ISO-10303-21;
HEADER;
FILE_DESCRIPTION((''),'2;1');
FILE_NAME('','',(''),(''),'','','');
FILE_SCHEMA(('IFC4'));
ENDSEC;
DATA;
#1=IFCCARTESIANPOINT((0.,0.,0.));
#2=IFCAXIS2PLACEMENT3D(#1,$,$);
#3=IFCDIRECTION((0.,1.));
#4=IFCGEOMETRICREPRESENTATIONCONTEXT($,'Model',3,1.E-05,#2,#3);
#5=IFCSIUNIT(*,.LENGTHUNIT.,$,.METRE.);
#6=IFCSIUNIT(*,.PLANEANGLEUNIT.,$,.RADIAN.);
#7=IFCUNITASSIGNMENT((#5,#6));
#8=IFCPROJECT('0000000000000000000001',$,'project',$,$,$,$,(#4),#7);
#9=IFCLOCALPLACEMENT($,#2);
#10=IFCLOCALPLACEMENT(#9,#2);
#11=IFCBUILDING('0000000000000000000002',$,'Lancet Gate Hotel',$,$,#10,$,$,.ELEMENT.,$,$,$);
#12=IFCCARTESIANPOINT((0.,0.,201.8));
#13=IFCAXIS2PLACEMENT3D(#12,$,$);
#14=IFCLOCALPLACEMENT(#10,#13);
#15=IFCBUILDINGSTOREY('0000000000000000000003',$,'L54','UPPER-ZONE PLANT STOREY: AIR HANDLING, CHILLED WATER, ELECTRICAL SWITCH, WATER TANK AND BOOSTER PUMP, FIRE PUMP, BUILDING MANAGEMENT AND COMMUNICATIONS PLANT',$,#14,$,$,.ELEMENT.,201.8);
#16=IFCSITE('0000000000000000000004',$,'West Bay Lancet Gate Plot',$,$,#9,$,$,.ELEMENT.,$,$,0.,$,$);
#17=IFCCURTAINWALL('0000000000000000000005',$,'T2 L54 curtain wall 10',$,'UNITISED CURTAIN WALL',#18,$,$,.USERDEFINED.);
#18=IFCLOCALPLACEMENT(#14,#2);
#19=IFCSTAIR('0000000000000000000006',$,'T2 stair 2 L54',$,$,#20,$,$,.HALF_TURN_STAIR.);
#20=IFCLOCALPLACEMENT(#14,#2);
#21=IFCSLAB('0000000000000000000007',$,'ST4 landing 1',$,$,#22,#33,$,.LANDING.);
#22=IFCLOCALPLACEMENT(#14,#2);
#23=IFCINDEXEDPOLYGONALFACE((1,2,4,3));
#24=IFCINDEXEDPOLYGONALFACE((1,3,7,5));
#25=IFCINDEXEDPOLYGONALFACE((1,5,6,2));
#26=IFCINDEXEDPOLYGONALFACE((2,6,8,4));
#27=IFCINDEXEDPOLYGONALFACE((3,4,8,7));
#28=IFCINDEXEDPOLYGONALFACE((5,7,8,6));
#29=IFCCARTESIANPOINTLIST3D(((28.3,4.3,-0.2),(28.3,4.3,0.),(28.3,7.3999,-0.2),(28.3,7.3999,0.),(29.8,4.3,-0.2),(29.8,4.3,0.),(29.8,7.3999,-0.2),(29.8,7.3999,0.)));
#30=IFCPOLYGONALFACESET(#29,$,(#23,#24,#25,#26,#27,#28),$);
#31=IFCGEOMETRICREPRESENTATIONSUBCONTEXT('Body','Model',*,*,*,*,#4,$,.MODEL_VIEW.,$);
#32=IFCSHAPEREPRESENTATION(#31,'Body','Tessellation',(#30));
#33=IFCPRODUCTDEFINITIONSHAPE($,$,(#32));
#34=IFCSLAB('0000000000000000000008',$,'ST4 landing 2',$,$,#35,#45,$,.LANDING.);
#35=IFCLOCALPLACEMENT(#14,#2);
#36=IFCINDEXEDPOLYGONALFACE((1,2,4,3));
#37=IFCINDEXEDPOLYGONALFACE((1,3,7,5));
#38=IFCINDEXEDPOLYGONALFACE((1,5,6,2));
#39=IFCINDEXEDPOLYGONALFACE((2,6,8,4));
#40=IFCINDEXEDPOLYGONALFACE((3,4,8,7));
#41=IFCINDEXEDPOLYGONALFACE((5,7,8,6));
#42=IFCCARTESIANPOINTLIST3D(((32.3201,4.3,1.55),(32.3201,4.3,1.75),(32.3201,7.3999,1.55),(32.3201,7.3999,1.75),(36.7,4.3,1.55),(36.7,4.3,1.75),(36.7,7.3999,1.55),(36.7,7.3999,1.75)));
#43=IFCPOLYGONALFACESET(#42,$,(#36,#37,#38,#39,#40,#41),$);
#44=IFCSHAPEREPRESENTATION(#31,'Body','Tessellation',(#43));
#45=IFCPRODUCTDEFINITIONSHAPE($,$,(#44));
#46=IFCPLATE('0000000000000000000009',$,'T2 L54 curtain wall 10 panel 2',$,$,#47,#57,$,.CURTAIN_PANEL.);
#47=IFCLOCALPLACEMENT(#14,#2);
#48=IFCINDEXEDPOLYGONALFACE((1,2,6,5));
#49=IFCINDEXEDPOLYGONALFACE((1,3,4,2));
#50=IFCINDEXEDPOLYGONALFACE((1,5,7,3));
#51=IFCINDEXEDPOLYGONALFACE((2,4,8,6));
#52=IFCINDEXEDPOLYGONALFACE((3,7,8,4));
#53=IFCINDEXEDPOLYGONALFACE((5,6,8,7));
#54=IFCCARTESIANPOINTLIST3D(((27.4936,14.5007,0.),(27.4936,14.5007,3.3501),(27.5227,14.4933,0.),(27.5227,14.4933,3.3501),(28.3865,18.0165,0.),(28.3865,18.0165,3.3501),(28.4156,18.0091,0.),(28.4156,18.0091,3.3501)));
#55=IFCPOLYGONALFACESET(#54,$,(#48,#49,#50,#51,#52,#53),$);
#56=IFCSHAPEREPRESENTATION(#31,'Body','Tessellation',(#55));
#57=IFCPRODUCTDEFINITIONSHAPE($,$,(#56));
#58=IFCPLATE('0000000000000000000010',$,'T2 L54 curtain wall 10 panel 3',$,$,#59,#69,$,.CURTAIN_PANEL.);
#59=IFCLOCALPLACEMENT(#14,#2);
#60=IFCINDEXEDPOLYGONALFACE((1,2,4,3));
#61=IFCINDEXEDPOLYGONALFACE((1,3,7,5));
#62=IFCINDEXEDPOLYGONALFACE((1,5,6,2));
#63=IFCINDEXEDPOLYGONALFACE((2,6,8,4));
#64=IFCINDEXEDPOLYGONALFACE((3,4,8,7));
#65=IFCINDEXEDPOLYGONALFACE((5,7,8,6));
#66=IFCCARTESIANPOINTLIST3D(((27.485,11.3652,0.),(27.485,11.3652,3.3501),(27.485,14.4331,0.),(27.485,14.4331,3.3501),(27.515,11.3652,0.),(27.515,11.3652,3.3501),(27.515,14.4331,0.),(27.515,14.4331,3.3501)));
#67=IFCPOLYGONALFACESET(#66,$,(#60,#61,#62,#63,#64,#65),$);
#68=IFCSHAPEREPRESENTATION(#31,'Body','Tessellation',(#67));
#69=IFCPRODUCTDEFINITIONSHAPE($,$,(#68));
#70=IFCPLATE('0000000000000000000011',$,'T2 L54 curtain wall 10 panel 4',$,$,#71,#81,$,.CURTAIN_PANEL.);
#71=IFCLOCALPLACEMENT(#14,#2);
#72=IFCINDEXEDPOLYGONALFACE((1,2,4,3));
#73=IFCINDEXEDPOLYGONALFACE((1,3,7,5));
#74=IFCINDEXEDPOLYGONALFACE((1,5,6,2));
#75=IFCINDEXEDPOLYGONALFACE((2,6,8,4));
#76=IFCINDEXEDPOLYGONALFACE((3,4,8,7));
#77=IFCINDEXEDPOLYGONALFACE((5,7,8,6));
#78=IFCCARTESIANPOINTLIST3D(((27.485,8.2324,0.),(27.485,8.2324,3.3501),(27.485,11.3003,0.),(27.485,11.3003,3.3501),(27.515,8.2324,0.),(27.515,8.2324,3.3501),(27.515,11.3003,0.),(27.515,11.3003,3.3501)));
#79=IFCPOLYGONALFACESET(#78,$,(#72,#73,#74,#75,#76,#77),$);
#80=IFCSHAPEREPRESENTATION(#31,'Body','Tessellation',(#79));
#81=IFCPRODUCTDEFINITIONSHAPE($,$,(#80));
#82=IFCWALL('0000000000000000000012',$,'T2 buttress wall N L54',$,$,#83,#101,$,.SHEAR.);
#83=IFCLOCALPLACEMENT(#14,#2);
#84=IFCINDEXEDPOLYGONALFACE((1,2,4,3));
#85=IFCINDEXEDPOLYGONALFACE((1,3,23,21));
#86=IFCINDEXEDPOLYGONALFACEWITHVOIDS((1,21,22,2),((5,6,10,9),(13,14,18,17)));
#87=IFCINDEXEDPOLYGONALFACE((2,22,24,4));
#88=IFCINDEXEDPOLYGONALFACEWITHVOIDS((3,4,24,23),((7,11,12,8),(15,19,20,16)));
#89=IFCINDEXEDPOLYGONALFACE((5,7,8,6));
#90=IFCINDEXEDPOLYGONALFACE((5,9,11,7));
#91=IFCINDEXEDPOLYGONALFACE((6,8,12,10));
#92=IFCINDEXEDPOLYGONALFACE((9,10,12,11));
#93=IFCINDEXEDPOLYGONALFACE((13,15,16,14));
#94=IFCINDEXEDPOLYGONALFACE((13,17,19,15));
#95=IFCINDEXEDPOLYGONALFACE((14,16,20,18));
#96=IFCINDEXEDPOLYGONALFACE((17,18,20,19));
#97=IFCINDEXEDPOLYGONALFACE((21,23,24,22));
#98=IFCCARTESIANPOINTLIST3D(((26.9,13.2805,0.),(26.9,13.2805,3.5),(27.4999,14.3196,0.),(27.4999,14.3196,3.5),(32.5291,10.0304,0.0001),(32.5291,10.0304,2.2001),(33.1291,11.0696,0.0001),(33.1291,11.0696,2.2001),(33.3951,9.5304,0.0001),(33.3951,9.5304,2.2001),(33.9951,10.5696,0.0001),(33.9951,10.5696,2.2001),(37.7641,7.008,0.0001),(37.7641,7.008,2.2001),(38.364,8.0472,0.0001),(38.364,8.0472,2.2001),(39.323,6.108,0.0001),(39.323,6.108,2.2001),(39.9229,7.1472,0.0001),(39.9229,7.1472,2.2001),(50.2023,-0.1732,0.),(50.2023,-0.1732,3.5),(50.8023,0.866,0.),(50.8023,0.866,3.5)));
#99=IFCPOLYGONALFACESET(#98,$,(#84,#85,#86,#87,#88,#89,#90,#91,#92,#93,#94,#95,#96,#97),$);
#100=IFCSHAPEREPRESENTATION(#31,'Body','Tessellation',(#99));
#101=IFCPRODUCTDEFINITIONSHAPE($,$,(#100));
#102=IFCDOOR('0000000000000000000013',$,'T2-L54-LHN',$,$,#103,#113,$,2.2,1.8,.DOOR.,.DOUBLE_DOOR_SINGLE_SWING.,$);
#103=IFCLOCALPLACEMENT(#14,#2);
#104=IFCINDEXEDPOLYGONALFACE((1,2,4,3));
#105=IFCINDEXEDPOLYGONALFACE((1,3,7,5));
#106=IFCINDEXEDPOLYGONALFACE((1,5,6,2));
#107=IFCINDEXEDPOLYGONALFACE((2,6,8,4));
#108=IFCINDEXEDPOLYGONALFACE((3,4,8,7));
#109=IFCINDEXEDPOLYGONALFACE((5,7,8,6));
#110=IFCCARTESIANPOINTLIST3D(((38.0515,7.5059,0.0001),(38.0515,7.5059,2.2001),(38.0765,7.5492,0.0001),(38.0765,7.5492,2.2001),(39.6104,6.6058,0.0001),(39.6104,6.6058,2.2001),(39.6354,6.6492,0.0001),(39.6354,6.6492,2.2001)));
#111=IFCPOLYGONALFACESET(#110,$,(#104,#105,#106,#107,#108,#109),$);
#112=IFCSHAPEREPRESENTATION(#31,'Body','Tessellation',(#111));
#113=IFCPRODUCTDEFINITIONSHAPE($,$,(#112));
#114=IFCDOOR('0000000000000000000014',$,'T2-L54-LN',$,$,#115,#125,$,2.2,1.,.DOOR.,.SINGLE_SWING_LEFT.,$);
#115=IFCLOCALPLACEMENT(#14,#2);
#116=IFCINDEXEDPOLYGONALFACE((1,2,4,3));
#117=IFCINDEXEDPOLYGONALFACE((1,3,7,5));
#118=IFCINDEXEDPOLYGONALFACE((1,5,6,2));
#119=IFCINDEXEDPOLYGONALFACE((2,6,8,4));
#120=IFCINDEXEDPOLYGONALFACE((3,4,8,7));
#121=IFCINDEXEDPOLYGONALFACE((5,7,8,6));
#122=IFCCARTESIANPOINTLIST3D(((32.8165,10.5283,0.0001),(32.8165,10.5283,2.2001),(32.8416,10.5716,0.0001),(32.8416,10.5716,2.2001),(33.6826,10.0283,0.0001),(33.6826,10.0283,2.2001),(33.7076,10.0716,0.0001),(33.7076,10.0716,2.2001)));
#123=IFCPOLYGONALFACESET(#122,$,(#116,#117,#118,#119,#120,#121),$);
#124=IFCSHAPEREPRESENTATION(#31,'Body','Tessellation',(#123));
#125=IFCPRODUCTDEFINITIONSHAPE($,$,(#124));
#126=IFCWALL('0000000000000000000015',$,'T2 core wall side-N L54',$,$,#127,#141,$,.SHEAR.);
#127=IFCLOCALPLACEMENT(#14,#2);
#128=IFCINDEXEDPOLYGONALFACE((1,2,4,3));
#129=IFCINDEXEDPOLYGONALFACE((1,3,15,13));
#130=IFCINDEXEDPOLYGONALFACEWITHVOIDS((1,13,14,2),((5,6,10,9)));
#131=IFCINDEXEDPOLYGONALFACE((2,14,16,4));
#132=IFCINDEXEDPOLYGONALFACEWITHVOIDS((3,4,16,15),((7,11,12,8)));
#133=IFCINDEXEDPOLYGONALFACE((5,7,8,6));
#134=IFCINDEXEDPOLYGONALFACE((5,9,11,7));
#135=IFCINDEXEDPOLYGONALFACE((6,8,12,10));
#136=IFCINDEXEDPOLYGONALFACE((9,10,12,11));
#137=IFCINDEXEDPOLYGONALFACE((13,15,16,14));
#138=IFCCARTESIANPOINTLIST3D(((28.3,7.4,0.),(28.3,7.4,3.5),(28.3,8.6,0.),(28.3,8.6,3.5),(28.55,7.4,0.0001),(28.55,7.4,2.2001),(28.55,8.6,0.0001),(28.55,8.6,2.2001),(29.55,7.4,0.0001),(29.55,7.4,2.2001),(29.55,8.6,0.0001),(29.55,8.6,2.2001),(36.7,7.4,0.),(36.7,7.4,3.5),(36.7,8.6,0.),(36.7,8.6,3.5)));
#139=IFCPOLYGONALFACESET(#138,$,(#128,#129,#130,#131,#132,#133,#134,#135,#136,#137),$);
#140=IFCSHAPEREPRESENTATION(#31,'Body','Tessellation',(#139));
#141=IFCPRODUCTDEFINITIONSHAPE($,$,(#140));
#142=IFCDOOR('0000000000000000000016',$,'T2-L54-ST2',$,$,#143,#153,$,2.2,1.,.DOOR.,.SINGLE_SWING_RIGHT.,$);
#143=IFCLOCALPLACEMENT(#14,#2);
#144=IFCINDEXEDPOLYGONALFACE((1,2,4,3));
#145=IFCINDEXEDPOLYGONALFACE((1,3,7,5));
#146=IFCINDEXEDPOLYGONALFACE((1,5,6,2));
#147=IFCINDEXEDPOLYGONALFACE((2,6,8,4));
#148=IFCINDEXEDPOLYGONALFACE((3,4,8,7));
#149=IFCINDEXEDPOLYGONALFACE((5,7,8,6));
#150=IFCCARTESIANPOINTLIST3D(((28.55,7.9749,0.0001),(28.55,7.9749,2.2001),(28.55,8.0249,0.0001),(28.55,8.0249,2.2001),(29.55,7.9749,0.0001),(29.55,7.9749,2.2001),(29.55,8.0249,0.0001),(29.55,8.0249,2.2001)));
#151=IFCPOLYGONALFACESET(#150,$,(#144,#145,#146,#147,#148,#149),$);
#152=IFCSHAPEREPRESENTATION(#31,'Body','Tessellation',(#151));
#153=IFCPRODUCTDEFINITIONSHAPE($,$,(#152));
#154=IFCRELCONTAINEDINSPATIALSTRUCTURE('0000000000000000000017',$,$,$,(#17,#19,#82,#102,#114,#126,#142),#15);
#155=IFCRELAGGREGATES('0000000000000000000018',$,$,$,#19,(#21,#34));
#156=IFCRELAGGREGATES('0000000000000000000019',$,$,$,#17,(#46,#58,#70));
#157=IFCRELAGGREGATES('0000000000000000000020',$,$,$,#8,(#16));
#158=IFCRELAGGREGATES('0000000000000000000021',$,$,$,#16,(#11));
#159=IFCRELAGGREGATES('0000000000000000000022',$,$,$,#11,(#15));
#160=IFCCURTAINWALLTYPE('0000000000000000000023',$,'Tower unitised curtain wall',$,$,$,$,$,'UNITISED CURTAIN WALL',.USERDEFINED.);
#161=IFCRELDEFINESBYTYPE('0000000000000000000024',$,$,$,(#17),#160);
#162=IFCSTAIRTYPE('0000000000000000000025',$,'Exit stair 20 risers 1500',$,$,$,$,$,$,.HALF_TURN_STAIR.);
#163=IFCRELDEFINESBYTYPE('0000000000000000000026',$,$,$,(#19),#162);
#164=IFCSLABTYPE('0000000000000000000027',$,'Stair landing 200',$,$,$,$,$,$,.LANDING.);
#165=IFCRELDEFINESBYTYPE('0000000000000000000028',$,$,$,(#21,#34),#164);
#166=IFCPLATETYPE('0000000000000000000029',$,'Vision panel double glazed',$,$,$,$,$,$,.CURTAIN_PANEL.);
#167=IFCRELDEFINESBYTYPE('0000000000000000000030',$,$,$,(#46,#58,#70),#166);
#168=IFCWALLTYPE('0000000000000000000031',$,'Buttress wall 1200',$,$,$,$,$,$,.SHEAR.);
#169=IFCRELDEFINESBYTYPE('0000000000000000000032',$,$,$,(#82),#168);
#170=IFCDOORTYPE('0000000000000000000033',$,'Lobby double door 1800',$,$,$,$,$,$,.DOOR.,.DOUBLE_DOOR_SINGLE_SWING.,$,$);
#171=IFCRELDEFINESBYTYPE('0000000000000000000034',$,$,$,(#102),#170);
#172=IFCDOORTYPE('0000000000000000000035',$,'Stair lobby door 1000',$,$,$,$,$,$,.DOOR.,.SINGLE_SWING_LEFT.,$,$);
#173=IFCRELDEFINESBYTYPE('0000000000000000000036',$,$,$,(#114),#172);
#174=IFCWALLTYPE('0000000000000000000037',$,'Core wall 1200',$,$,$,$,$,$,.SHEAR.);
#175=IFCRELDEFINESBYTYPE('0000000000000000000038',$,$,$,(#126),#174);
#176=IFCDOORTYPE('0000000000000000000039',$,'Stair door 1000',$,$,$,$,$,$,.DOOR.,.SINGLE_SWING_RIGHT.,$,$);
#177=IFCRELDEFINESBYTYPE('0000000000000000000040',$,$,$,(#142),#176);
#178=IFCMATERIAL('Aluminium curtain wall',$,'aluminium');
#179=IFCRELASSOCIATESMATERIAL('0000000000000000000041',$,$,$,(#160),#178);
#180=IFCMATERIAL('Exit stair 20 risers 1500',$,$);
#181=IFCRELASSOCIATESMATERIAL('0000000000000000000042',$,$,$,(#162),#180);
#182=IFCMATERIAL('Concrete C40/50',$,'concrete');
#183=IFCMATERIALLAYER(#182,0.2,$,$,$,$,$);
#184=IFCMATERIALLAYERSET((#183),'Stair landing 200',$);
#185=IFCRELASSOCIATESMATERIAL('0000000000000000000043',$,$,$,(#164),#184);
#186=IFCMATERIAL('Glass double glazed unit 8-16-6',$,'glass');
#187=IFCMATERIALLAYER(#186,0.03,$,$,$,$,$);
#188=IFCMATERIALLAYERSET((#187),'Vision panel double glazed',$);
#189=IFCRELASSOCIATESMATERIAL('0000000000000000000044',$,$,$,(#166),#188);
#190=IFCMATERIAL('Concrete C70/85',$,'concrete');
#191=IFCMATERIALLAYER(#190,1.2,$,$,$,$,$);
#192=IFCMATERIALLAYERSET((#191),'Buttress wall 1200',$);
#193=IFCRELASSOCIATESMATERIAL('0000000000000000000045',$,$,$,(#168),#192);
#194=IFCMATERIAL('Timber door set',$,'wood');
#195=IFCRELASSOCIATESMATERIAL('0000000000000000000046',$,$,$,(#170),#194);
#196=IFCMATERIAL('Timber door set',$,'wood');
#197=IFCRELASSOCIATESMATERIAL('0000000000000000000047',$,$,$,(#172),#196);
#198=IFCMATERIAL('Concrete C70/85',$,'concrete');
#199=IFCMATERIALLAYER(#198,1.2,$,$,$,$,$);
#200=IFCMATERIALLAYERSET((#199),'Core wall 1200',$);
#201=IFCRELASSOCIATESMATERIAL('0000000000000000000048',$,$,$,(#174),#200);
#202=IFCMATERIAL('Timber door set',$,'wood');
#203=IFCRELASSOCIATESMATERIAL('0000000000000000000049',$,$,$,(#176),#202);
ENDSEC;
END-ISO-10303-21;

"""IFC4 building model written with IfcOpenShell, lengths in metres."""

from ifc_helpers import new_model, si_unit, direction, frame, frame_2d, origin, origin_2d, place, context, subcontext, project, spatial, polyline, rectangle, outline, extrude, material, layer, layer_set, type_object, element, fill, aggregate, save


model = new_model("IFC4")

# Units and contexts
model_context = context("Model", 3, precision=1e-05, world=origin(), true_north=direction((0.0, 1.0)))
body_context = subcontext(model_context, "Body", "Model", "MODEL_VIEW")
ifc_project = project(units=[si_unit("LENGTHUNIT", "METRE"), si_unit("PLANEANGLEUNIT", "RADIAN")], contexts=[model_context])

# Site, building, storey
site_placement = place(None, origin())
site = spatial("IfcSite", under=ifc_project, at=site_placement, Name="West Bay Lancet Gate Plot", CompositionType="ELEMENT", RefElevation=0.0)
building_placement = place(site_placement, origin())
building = spatial("IfcBuilding", under=site, at=building_placement, Name="Lancet Gate Hotel", CompositionType="ELEMENT")
storey_placement = place(building_placement, frame((0.0, 0.0, 201.8)))
storey = spatial("IfcBuildingStorey", under=building, at=storey_placement, Name="L54", Description="UPPER-ZONE PLANT STOREY: AIR HANDLING, CHILLED WATER, ELECTRICAL SWITCH, WATER TANK AND BOOSTER PUMP, FIRE PUMP, BUILDING MANAGEMENT AND COMMUNICATIONS PLANT", CompositionType="ELEMENT", Elevation=201.8)

# Curtain wall
ifc_material_1 = material(Name="Aluminium curtain wall", Category="aluminium")
curtain_wall_type = type_object("IfcCurtainWallType", Name="Tower unitised curtain wall", ElementType="UNITISED CURTAIN WALL", PredefinedType="USERDEFINED", material=ifc_material_1)
curtain_wall_placement = place(storey_placement, origin())
curtain_wall = element("IfcCurtainWall", 1, at=curtain_wall_placement, inside=storey, type_object=curtain_wall_type, Name="T2 L54 curtain wall 10", ObjectType="UNITISED CURTAIN WALL", PredefinedType="USERDEFINED")

# Shared definitions
ifc_material_2 = material(Name="Exit stair 20 risers 1500")
stair_type = type_object("IfcStairType", Name="Exit stair 20 risers 1500", PredefinedType="HALF_TURN_STAIR", material=ifc_material_2)
ifc_material_3 = material(Name="Concrete C40/50", Category="concrete")
ifc_layer_1 = layer(ifc_material_3, 0.2)
ifc_layer_set_1 = layer_set([ifc_layer_1], Name="Stair landing 200")
slab_type = type_object("IfcSlabType", Name="Stair landing 200", PredefinedType="LANDING", material=ifc_layer_set_1)

# Stair, slabs
stair_1_placement = place(storey_placement, origin())
stair_1 = element("IfcStair", 2, at=stair_1_placement, inside=storey, type_object=stair_type, Name="T2 stair 2 L54", PredefinedType="HALF_TURN_STAIR")
slab_1_placement = place(storey_placement, frame((0.0, 0.0, -0.2)))
slab_1 = element("IfcSlab", 3, at=slab_1_placement, type_object=slab_type, Name="ST4 landing 1", PredefinedType="LANDING", context=body_context, shape_type="SweptSolid", body=[
    extrude(outline(polyline([(28.3, 4.3), (29.8, 4.3), (29.8, 7.3999), (28.3, 7.3999), (28.3, 4.3)])), origin(), (0.0, 0.0, 1.0), 0.2),
])
slab_2_placement = place(storey_placement, frame((0.0, 0.0, 1.55)))
slab_2 = element("IfcSlab", 4, at=slab_2_placement, type_object=slab_type, Name="ST4 landing 2", PredefinedType="LANDING", context=body_context, shape_type="SweptSolid", body=[
    extrude(outline(polyline([(32.3201, 4.3), (36.7, 4.3), (36.7, 7.3999), (32.3201, 7.3999), (32.3201, 4.3)])), origin(), (0.0, 0.0, 1.0), 0.2),
])
aggregate(stair_1, [slab_1, slab_2])

# Plates
ifc_material_4 = material(Name="Glass double glazed unit 8-16-6", Category="glass")
ifc_layer_2 = layer(ifc_material_4, 0.03)
ifc_layer_set_2 = layer_set([ifc_layer_2], Name="Vision panel double glazed")
plate_type = type_object("IfcPlateType", Name="Vision panel double glazed", PredefinedType="CURTAIN_PANEL", material=ifc_layer_set_2)
plate_1_placement = place(storey_placement, frame((27.9546, 16.2549, 0.0), z_axis=(0.0, 0.0, 1.0), x_axis=(-0.246167, -0.969228, 0.0)))
plate_1 = element("IfcPlate", 5, at=plate_1_placement, type_object=plate_type, Name="T2 L54 curtain wall 10 panel 2", PredefinedType="CURTAIN_PANEL", context=body_context, shape_type="SweptSolid", body=[
    extrude(rectangle(XDim=3.6274, YDim=0.03, at=origin_2d()), origin(), (0.0, 0.0, 1.0), 3.3501),
])
plate_2_placement = place(storey_placement, frame((27.5, 12.8992, 0.0), z_axis=(0.0, 0.0, 1.0), x_axis=(0.0, -1.0, 0.0)))
plate_2 = element("IfcPlate", 6, at=plate_2_placement, type_object=plate_type, Name="T2 L54 curtain wall 10 panel 3", PredefinedType="CURTAIN_PANEL", context=body_context, shape_type="SweptSolid", body=[
    extrude(rectangle(XDim=3.0679, YDim=0.03, at=origin_2d()), origin(), (0.0, 0.0, 1.0), 3.3501),
])
plate_3_placement = place(storey_placement, frame((27.5, 9.7664, 0.0), z_axis=(0.0, 0.0, 1.0), x_axis=(0.0, -1.0, 0.0)))
plate_3 = element("IfcPlate", 7, at=plate_3_placement, type_object=plate_type, Name="T2 L54 curtain wall 10 panel 4", PredefinedType="CURTAIN_PANEL", context=body_context, shape_type="SweptSolid", body=[
    extrude(rectangle(XDim=3.0679, YDim=0.03, at=origin_2d()), origin(), (0.0, 0.0, 1.0), 3.3501),
])
aggregate(curtain_wall, [plate_1, plate_2, plate_3])

# Wall, openings, doors
ifc_material_5 = material(Name="Concrete C70/85", Category="concrete")
ifc_layer_3 = layer(ifc_material_5, 1.2)
ifc_layer_set_3 = layer_set([ifc_layer_3], Name="Buttress wall 1200")
wall_type_1 = type_object("IfcWallType", Name="Buttress wall 1200", PredefinedType="SHEAR", material=ifc_layer_set_3)
wall_1_placement = place(storey_placement, frame((27.2, 13.8, 0.0), z_axis=(0.0, 0.0, 1.0), x_axis=(0.866025, -0.500002, 0.0)))
wall_1 = element("IfcWall", 8, at=wall_1_placement, inside=storey, type_object=wall_type_1, Name="T2 buttress wall N L54", PredefinedType="SHEAR", context=body_context, shape_type="SweptSolid", body=[
    extrude(rectangle(XDim=26.9072, YDim=1.2, at=frame_2d((13.4536, 0.0))), origin(), (0.0, 0.0, 1.0), 3.5),
])
opening_1_placement = place(wall_1_placement, frame((6.5, 0.0, 0.0)))
opening_1 = element("IfcOpeningElement", 9, at=opening_1_placement, cuts=wall_1, PredefinedType="OPENING", context=body_context, shape_type="SweptSolid", body=[
    extrude(rectangle(XDim=1.0, YDim=2.2, at=frame_2d((0.5, 1.1001))), frame((0.0, 0.6099, 0.0), z_axis=(0.0, -1.0, 0.0), x_axis=(1.0, 0.0, 0.0)), (0.0, 0.0, 1.0), 1.22),
])
opening_2_placement = place(wall_1_placement, frame((12.5449, 0.0, 0.0)))
opening_2 = element("IfcOpeningElement", 10, at=opening_2_placement, cuts=wall_1, PredefinedType="OPENING", context=body_context, shape_type="SweptSolid", body=[
    extrude(rectangle(XDim=1.8, YDim=2.2, at=frame_2d((0.8999, 1.1001))), frame((0.0, 0.6099, 0.0), z_axis=(0.0, -1.0, 0.0), x_axis=(1.0, 0.0, 0.0)), (0.0, 0.0, 1.0), 1.22),
])
ifc_material_6 = material(Name="Timber door set", Category="wood")
door_type_1 = type_object("IfcDoorType", Name="Lobby double door 1800", OperationType="DOUBLE_DOOR_SINGLE_SWING", PredefinedType="DOOR", material=ifc_material_6)
door_1_placement = place(opening_2_placement, origin())
door_1 = element("IfcDoor", 11, at=door_1_placement, inside=storey, type_object=door_type_1, Name="T2-L54-LHN", OperationType="DOUBLE_DOOR_SINGLE_SWING", OverallHeight=2.2, OverallWidth=1.8, PredefinedType="DOOR", context=body_context, shape_type="SweptSolid", body=[
    extrude(rectangle(XDim=1.8, YDim=2.2, at=frame_2d((0.8999, 1.1001))), frame((0.0, 0.0249, 0.0), z_axis=(0.0, -1.0, 0.0), x_axis=(1.0, 0.0, 0.0)), (0.0, 0.0, 1.0), 0.05),
])
fill(opening_2, door_1)
ifc_material_7 = material(Name="Timber door set", Category="wood")
door_type_2 = type_object("IfcDoorType", Name="Stair lobby door 1000", OperationType="SINGLE_SWING_LEFT", PredefinedType="DOOR", material=ifc_material_7)
door_2_placement = place(opening_1_placement, origin())
door_2 = element("IfcDoor", 12, at=door_2_placement, inside=storey, type_object=door_type_2, Name="T2-L54-LN", OperationType="SINGLE_SWING_LEFT", OverallHeight=2.2, OverallWidth=1.0, PredefinedType="DOOR", context=body_context, shape_type="SweptSolid", body=[
    extrude(rectangle(XDim=1.0, YDim=2.2, at=frame_2d((0.5, 1.1001))), frame((0.0, 0.0249, 0.0), z_axis=(0.0, -1.0, 0.0), x_axis=(1.0, 0.0, 0.0)), (0.0, 0.0, 1.0), 0.05),
])
fill(opening_1, door_2)

# Wall, opening, door
ifc_material_8 = material(Name="Concrete C70/85", Category="concrete")
ifc_layer_4 = layer(ifc_material_8, 1.2)
ifc_layer_set_4 = layer_set([ifc_layer_4], Name="Core wall 1200")
wall_type_2 = type_object("IfcWallType", Name="Core wall 1200", PredefinedType="SHEAR", material=ifc_layer_set_4)
wall_2_placement = place(storey_placement, frame((28.3, 8.0, 0.0), z_axis=(0.0, 0.0, 1.0), x_axis=(1.0, 0.0, 0.0)))
wall_2 = element("IfcWall", 13, at=wall_2_placement, inside=storey, type_object=wall_type_2, Name="T2 core wall side-N L54", PredefinedType="SHEAR", context=body_context, shape_type="SweptSolid", body=[
    extrude(rectangle(XDim=8.3999, YDim=1.2, at=frame_2d((4.2, 0.0))), origin(), (0.0, 0.0, 1.0), 3.5),
])
opening_3_placement = place(wall_2_placement, frame((0.25, 0.0, 0.0)))
opening_3 = element("IfcOpeningElement", 14, at=opening_3_placement, cuts=wall_2, PredefinedType="OPENING", context=body_context, shape_type="SweptSolid", body=[
    extrude(rectangle(XDim=1.0, YDim=2.2, at=frame_2d((0.5, 1.1001))), frame((0.0, 0.6099, 0.0), z_axis=(0.0, -1.0, 0.0), x_axis=(1.0, 0.0, 0.0)), (0.0, 0.0, 1.0), 1.22),
])
ifc_material_9 = material(Name="Timber door set", Category="wood")
door_type_3 = type_object("IfcDoorType", Name="Stair door 1000", OperationType="SINGLE_SWING_RIGHT", PredefinedType="DOOR", material=ifc_material_9)
door_3_placement = place(opening_3_placement, origin())
door_3 = element("IfcDoor", 15, at=door_3_placement, inside=storey, type_object=door_type_3, Name="T2-L54-ST2", OperationType="SINGLE_SWING_RIGHT", OverallHeight=2.2, OverallWidth=1.0, PredefinedType="DOOR", context=body_context, shape_type="SweptSolid", body=[
    extrude(rectangle(XDim=1.0, YDim=2.2, at=frame_2d((0.5, 1.1001))), frame((0.0, 0.0249, 0.0), z_axis=(0.0, -1.0, 0.0), x_axis=(1.0, 0.0, 0.0)), (0.0, 0.0, 1.0), 0.05),
])
fill(opening_3, door_3)

save(model, "model.ifc")
